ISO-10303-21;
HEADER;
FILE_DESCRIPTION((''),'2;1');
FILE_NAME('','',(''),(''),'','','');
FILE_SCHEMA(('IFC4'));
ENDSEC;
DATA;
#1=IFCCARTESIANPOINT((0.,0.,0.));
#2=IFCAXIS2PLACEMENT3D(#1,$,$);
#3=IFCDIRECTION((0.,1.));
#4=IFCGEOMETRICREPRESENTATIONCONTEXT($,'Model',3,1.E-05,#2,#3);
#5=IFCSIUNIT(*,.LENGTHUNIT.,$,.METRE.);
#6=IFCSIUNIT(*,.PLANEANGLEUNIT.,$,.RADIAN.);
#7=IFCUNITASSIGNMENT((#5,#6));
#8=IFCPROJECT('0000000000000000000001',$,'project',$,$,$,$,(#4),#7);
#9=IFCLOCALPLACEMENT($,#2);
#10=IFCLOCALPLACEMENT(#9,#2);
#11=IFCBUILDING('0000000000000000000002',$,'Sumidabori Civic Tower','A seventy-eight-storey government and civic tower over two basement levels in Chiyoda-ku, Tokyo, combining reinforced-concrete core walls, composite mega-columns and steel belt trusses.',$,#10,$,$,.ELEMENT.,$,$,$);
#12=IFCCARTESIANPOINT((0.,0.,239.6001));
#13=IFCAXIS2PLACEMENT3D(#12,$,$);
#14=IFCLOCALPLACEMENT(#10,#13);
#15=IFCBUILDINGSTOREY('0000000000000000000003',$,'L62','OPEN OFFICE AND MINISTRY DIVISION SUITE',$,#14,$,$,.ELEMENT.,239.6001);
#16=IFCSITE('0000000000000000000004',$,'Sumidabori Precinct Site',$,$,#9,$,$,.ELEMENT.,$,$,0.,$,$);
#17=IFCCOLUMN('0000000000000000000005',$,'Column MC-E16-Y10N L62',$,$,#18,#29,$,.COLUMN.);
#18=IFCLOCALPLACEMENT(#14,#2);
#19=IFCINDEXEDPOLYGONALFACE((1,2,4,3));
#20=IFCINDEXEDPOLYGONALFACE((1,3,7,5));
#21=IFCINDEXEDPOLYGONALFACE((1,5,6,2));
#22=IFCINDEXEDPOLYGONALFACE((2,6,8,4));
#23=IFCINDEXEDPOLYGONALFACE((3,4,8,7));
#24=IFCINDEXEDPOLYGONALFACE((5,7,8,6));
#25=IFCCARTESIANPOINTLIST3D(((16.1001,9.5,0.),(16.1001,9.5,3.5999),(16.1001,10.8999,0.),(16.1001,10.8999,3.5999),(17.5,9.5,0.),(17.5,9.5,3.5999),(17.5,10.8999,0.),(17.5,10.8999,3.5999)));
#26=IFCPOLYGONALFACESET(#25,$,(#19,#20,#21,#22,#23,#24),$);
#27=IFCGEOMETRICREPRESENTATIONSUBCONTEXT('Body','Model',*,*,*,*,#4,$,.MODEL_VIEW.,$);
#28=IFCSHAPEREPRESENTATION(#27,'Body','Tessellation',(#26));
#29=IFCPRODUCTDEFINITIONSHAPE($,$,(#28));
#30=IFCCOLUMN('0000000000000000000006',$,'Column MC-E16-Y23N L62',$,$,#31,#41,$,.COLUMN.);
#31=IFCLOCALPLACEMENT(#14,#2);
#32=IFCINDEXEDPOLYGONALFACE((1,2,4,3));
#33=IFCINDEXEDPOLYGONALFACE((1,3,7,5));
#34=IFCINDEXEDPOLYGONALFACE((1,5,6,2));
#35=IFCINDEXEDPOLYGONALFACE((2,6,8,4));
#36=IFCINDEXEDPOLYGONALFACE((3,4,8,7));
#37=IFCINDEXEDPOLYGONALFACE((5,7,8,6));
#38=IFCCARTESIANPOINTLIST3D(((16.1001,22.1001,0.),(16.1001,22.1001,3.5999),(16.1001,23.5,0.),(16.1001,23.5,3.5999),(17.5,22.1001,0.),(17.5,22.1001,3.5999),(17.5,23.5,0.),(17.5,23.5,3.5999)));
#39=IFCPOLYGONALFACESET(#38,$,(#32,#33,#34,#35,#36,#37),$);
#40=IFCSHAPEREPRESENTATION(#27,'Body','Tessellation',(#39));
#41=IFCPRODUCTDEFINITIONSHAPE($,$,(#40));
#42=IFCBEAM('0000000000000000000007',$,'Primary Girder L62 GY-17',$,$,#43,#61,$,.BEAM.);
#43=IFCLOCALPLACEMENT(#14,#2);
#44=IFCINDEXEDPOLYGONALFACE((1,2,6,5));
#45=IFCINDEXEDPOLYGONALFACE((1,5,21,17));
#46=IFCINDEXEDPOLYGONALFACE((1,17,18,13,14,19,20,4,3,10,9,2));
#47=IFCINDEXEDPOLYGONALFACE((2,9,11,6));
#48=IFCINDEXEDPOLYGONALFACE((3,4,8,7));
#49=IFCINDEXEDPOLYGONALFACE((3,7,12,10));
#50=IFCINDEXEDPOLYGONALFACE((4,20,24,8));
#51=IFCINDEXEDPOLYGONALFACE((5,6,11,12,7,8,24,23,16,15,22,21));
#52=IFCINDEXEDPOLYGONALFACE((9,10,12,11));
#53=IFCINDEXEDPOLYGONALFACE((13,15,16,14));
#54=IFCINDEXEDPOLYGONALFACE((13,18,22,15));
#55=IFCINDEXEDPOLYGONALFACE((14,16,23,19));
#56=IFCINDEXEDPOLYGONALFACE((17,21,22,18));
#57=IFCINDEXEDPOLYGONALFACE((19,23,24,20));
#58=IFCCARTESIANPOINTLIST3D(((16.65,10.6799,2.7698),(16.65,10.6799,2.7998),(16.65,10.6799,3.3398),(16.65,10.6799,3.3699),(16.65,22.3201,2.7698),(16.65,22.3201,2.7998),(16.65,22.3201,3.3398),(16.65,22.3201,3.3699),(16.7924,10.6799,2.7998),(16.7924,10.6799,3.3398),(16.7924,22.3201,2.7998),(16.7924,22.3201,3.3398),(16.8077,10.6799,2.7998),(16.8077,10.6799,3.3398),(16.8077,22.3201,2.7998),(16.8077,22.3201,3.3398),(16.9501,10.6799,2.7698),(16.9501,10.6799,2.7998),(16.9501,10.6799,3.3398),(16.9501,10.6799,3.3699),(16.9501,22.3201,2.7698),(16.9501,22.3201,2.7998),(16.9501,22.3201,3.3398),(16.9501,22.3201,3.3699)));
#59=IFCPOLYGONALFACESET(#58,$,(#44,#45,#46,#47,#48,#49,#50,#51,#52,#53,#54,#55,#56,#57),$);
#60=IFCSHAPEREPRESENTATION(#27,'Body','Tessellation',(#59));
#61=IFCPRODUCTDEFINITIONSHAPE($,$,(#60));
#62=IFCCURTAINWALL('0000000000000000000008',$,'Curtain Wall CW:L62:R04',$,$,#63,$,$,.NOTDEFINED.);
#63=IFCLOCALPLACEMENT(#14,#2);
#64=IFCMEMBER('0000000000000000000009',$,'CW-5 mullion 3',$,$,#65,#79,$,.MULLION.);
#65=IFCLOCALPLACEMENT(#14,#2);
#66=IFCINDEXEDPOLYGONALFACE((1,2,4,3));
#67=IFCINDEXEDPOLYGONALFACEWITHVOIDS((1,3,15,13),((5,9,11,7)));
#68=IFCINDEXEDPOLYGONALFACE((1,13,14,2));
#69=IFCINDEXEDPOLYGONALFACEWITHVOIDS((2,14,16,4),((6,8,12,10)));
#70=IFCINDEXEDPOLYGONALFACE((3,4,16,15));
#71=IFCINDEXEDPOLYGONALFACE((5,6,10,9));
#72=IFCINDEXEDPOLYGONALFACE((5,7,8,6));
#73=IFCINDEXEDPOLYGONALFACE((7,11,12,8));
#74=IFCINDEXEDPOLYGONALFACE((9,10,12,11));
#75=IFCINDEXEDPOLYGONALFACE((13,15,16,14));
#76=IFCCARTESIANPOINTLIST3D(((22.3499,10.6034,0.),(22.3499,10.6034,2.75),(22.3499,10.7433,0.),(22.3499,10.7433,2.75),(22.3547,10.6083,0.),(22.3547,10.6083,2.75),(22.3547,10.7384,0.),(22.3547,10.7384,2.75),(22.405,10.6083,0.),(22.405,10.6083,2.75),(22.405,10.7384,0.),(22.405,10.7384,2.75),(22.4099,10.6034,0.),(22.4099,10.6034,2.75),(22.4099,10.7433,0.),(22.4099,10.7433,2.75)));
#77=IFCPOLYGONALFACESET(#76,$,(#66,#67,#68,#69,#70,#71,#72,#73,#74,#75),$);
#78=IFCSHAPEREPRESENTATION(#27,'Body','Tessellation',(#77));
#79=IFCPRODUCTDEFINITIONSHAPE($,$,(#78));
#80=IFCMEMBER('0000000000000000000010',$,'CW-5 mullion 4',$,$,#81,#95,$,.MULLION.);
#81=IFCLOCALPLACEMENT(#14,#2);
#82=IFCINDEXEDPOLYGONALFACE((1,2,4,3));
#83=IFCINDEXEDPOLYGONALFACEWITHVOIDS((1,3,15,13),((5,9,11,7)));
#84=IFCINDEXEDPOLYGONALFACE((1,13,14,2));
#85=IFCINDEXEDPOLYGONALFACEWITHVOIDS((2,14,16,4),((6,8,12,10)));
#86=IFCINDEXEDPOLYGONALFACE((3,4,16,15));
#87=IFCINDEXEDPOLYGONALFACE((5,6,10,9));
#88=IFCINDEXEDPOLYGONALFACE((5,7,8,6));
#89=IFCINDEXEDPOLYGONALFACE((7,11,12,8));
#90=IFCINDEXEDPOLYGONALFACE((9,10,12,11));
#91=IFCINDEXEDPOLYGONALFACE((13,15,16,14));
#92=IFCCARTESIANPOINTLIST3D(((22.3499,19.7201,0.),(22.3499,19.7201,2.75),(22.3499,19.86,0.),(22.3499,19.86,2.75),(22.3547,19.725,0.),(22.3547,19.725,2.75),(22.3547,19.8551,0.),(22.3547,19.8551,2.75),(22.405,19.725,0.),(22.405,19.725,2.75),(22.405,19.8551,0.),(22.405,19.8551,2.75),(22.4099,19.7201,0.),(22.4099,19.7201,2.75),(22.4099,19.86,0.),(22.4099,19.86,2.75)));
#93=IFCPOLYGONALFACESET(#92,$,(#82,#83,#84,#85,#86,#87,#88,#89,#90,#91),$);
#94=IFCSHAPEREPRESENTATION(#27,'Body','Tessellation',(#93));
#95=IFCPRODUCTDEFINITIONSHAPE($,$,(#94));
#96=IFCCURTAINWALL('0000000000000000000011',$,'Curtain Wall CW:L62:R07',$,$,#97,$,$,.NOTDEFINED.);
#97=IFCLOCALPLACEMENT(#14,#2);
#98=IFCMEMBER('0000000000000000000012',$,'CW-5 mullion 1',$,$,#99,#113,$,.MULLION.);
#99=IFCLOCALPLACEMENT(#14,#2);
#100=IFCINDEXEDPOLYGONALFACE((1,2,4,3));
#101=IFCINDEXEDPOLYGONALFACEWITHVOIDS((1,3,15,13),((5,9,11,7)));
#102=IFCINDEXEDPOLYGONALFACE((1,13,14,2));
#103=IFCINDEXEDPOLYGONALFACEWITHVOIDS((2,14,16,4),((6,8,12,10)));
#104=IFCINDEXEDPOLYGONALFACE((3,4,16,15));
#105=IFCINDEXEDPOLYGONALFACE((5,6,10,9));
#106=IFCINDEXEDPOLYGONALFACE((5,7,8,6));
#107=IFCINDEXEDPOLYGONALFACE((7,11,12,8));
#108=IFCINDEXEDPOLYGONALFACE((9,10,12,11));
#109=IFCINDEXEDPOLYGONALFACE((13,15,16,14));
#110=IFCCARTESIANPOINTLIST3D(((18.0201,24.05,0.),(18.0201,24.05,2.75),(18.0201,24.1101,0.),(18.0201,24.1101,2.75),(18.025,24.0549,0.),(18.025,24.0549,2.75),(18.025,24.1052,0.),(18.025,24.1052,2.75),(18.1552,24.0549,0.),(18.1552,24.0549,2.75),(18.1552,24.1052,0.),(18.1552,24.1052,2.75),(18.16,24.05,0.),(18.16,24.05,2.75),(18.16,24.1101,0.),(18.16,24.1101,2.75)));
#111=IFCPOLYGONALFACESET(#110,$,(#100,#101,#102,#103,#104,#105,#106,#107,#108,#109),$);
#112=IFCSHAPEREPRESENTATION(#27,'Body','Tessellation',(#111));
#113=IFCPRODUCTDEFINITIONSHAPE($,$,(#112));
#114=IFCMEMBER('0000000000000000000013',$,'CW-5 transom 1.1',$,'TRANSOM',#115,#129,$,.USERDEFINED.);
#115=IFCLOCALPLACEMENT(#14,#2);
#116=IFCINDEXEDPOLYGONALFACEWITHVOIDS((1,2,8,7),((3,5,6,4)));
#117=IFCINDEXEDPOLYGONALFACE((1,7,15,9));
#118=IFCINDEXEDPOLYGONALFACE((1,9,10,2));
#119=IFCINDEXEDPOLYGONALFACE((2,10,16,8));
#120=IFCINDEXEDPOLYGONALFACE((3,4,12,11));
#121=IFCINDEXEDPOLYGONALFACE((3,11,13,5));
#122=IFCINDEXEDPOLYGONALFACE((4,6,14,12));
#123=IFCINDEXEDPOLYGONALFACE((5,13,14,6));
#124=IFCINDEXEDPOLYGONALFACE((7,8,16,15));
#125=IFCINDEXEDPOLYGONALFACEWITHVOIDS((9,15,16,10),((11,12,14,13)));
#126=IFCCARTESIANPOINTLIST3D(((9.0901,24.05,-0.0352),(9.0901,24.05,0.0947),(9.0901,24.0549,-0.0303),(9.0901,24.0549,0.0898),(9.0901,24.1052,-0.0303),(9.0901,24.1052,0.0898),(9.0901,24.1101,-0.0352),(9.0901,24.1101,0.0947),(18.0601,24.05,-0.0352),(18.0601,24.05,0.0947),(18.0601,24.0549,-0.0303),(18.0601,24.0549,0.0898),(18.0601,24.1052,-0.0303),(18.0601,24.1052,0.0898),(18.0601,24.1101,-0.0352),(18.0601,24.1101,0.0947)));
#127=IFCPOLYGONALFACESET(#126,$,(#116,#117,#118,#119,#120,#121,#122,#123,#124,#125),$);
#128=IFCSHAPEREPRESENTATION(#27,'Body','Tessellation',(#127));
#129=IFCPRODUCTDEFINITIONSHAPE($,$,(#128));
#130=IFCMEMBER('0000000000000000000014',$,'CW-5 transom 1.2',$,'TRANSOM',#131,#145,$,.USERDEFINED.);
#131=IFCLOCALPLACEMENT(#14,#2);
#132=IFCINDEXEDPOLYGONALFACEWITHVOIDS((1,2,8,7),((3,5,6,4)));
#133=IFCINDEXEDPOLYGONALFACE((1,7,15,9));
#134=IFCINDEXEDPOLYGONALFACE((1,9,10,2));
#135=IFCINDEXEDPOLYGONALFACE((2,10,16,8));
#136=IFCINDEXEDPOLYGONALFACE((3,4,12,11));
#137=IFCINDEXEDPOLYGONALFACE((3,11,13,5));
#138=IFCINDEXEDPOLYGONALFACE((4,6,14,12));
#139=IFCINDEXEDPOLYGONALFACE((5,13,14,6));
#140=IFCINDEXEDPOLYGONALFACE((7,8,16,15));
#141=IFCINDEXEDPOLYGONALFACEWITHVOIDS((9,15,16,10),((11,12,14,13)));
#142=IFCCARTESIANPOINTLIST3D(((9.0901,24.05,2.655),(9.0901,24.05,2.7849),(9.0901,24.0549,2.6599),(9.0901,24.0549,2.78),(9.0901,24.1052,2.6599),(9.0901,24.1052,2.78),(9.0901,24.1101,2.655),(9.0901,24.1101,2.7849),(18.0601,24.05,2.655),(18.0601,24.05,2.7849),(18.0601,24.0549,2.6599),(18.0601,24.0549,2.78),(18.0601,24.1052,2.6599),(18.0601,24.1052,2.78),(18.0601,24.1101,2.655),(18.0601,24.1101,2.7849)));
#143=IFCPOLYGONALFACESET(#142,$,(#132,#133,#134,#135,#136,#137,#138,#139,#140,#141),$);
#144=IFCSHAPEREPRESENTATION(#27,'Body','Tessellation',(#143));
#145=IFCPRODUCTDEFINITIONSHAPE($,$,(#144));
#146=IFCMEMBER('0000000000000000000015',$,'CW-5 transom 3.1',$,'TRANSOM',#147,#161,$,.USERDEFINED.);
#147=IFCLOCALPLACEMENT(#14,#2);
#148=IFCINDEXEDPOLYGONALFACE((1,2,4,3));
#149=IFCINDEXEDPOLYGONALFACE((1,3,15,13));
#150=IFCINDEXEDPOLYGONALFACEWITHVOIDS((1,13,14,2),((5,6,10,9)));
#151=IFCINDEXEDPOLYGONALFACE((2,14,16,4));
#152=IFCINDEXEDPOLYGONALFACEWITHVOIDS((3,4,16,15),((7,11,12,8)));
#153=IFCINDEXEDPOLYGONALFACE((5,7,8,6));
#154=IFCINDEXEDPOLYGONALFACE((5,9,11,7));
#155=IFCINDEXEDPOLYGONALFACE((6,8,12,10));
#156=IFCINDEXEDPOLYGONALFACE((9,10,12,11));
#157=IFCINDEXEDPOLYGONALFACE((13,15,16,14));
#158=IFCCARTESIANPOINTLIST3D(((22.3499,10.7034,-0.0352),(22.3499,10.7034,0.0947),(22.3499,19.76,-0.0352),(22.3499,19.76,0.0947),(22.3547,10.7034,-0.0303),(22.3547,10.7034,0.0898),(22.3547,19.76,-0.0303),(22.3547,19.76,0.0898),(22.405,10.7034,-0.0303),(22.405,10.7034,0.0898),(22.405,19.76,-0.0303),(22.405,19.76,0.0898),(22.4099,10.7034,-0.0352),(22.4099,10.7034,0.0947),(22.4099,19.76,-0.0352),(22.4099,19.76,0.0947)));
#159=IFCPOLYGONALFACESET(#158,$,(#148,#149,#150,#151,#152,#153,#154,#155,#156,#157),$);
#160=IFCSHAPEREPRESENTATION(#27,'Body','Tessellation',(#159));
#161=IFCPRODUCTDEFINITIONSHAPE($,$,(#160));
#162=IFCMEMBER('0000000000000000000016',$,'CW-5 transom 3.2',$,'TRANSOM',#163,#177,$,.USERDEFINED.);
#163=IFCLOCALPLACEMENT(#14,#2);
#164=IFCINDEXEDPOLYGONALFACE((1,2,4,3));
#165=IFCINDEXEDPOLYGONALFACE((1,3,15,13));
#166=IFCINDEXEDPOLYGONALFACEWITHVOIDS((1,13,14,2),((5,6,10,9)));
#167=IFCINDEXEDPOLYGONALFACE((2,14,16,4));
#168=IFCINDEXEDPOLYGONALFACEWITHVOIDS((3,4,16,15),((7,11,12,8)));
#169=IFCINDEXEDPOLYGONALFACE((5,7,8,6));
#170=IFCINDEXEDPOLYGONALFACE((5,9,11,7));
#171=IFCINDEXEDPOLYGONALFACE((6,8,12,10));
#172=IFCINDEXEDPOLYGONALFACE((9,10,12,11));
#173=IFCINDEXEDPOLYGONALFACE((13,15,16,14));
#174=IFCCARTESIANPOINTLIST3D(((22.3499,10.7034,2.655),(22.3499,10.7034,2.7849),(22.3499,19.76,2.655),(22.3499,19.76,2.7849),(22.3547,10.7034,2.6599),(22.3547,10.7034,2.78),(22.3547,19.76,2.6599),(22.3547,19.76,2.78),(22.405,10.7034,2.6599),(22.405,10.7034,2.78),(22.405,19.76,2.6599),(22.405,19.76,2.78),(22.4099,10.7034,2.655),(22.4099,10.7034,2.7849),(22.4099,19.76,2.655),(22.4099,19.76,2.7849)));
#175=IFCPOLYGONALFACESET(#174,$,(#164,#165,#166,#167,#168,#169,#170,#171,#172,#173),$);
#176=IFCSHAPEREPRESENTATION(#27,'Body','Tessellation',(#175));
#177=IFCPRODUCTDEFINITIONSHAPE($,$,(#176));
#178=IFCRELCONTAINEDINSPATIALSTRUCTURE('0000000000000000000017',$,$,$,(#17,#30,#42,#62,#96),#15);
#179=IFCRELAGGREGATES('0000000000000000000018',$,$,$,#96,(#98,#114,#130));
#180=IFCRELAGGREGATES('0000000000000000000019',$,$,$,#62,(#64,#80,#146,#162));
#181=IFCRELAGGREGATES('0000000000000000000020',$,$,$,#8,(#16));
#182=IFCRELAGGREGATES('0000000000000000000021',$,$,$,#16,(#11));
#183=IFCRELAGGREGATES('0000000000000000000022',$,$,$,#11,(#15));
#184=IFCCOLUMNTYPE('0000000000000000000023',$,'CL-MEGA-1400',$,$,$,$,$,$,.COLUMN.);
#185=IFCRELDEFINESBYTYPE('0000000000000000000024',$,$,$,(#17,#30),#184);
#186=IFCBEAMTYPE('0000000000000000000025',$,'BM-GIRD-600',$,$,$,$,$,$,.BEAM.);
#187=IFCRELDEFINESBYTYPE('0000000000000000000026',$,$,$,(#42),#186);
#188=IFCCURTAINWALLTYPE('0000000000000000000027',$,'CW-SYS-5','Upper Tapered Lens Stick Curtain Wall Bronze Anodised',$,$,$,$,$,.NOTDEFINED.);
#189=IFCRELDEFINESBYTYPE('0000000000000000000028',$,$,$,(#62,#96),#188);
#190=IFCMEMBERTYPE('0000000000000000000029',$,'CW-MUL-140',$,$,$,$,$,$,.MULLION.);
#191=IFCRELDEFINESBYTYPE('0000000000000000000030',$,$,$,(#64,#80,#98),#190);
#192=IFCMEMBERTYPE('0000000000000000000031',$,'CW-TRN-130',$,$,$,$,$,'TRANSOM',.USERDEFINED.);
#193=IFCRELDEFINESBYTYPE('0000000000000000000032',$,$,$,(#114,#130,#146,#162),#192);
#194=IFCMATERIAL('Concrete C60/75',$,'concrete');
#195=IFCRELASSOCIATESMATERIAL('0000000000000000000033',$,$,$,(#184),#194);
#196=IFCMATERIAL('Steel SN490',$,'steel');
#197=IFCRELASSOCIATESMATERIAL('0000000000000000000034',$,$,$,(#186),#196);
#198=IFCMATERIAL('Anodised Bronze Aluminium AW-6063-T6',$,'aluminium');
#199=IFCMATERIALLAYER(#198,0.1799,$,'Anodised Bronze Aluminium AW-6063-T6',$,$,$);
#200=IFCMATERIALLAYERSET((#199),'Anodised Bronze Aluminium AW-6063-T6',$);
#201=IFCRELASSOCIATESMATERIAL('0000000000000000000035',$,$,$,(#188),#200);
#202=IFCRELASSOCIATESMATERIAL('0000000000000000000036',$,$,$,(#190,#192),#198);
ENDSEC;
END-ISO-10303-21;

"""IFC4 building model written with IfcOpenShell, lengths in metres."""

from ifc_helpers import new_model, si_unit, direction, frame, origin, origin_2d, place, context, subcontext, project, spatial, rectangle, hollow_rectangle, i_section, extrude, source, transform, mapped, material, layer, layer_set, material_profile, profile_set, type_object, element, aggregate, save


model = new_model("IFC4")

# Units and contexts
model_context = context("Model", 3, precision=1e-05, world=origin(), true_north=direction((0.0, 1.0)))
body_context = subcontext(model_context, "Body", "Model", "MODEL_VIEW")
ifc_project = project(units=[si_unit("LENGTHUNIT", "METRE"), si_unit("PLANEANGLEUNIT", "RADIAN")], contexts=[model_context])

# Site, building, storey
site_placement = place(None, origin())
site = spatial("IfcSite", under=ifc_project, at=site_placement, Name="Sumidabori Precinct Site", CompositionType="ELEMENT", RefElevation=0.0)
building_placement = place(site_placement, origin())
building = spatial("IfcBuilding", under=site, at=building_placement, Name="Sumidabori Civic Tower", Description="A seventy-eight-storey government and civic tower over two basement levels in Chiyoda-ku, Tokyo, combining reinforced-concrete core walls, composite mega-columns and steel belt trusses.", CompositionType="ELEMENT")
storey_placement = place(building_placement, frame((0.0, 0.0, 239.6001)))
storey = spatial("IfcBuildingStorey", under=building, at=storey_placement, Name="L62", Description="OPEN OFFICE AND MINISTRY DIVISION SUITE", CompositionType="ELEMENT", Elevation=239.6001)

# Columns
ifc_material_1 = material(Name="Concrete C60/75", Category="concrete")
ifc_material_profile_1 = material_profile(ifc_material_1, rectangle(XDim=1.3999, YDim=1.3999, at=origin_2d()), Name="RC 1400x1400")
ifc_profile_set_1 = profile_set([ifc_material_profile_1], Name="Concrete C60/75")
column_type = type_object("IfcColumnType", Name="CL-MEGA-1400", PredefinedType="COLUMN", material=ifc_profile_set_1)
shared_shape_1 = source(origin(), body_context, "Body", "SweptSolid", [
    extrude(rectangle(XDim=1.3999, YDim=1.3999, at=origin_2d()), origin(), (0.0, 0.0, 1.0), 3.5999),
])
for number, where, z_axis, x_axis, name in (
    (1, (16.8, 10.2, 0.0), (0.0, 0.0, 1.0), (1.0, 0.0, 0.0), "Column MC-E16-Y10N L62"),
    (2, (16.8, 22.8, 0.0), (0.0, 0.0, 1.0), (1.0, 0.0, 0.0), "Column MC-E16-Y23N L62"),
):
    element("IfcColumn", number, at=place(storey_placement, frame(where, z_axis=z_axis, x_axis=x_axis)), inside=storey, type_object=column_type, Name=name, PredefinedType="COLUMN", context=body_context, shape_type="MappedRepresentation", body=[
        mapped(shared_shape_1, transform((0.0, 0.0, 0.0), x_axis=(1.0, 0.0, 0.0), y_axis=(0.0, 1.0, 0.0), z_axis=(0.0, 0.0, 1.0), scale=1.0)),
    ])

# Beam
ifc_material_2 = material(Name="Steel SN490", Category="steel")
ifc_material_profile_2 = material_profile(ifc_material_2, i_section(OverallWidth=0.3, OverallDepth=0.6001, WebThickness=0.0154, FlangeThickness=0.03, at=origin_2d()), Name="HE 600 B")
ifc_profile_set_2 = profile_set([ifc_material_profile_2], Name="Steel SN490")
beam_type = type_object("IfcBeamType", Name="BM-GIRD-600", PredefinedType="BEAM", material=ifc_profile_set_2)
shared_shape_2 = source(origin(), body_context, "Body", "SweptSolid", [
    extrude(i_section(OverallWidth=0.3, OverallDepth=0.6001, WebThickness=0.0154, FlangeThickness=0.03, at=origin_2d()), origin(), (0.0, 0.0, 1.0), 11.6401),
])
beam_placement = place(storey_placement, frame((16.8, 10.6799, 3.0698), z_axis=(0.0, 1.0, 0.0), x_axis=(-1.0, 0.0, 0.0)))
element("IfcBeam", 3, at=beam_placement, inside=storey, type_object=beam_type, Name="Primary Girder L62 GY-17", PredefinedType="BEAM", context=body_context, shape_type="MappedRepresentation", body=[
    mapped(shared_shape_2, transform((0.0, 0.0, 0.0), x_axis=(1.0, 0.0, 0.0), y_axis=(0.0, 1.0, 0.0), z_axis=(0.0, 0.0, 1.0), scale=1.0)),
])

# Curtain walls, members
ifc_material_3 = material(Name="Anodised Bronze Aluminium AW-6063-T6", Category="aluminium")
ifc_layer_1 = layer(ifc_material_3, 0.1799, Name="Anodised Bronze Aluminium AW-6063-T6")
ifc_layer_set_1 = layer_set([ifc_layer_1], Name="Anodised Bronze Aluminium AW-6063-T6")
curtain_wall_type = type_object("IfcCurtainWallType", Name="CW-SYS-5", Description="Upper Tapered Lens Stick Curtain Wall Bronze Anodised", PredefinedType="NOTDEFINED", material=ifc_layer_set_1)
curtain_wall_1_placement = place(storey_placement, origin())
curtain_wall_1 = element("IfcCurtainWall", 4, at=curtain_wall_1_placement, inside=storey, type_object=curtain_wall_type, Name="Curtain Wall CW:L62:R04", PredefinedType="NOTDEFINED")
ifc_material_profile_3 = material_profile(ifc_material_3, hollow_rectangle(XDim=0.0601, YDim=0.1399, WallThickness=0.0049, at=origin_2d()), Name="ALU MULLION 140x60")
ifc_profile_set_3 = profile_set([ifc_material_profile_3], Name="Anodised Bronze Aluminium AW-6063-T6")
member_type_1 = type_object("IfcMemberType", Name="CW-MUL-140", PredefinedType="MULLION", material=ifc_profile_set_3)
shared_shape_3 = source(origin(), body_context, "Body", "SweptSolid", [
    extrude(hollow_rectangle(XDim=0.0601, YDim=0.1399, WallThickness=0.0049, at=origin_2d()), origin(), (0.0, 0.0, 1.0), 2.75),
])
member_1_placement = place(storey_placement, frame((22.3799, 10.6733, 0.0), z_axis=(0.0, 0.0, 1.0), x_axis=(-1.0, 0.0, 0.0)))
member_1 = element("IfcMember", 5, at=member_1_placement, type_object=member_type_1, Name="CW-5 mullion 3", PredefinedType="MULLION", context=body_context, shape_type="MappedRepresentation", body=[
    mapped(shared_shape_3, transform((0.0, 0.0, 0.0), x_axis=(1.0, 0.0, 0.0), y_axis=(0.0, 1.0, 0.0), z_axis=(0.0, 0.0, 1.0), scale=1.0)),
])
member_2_placement = place(storey_placement, frame((22.3799, 19.79, 0.0), z_axis=(0.0, 0.0, 1.0), x_axis=(-1.0, 0.0, 0.0)))
member_2 = element("IfcMember", 6, at=member_2_placement, type_object=member_type_1, Name="CW-5 mullion 4", PredefinedType="MULLION", context=body_context, shape_type="MappedRepresentation", body=[
    mapped(shared_shape_3, transform((0.0, 0.0, 0.0), x_axis=(1.0, 0.0, 0.0), y_axis=(0.0, 1.0, 0.0), z_axis=(0.0, 0.0, 1.0), scale=1.0)),
])
curtain_wall_2_placement = place(storey_placement, origin())
curtain_wall_2 = element("IfcCurtainWall", 7, at=curtain_wall_2_placement, inside=storey, type_object=curtain_wall_type, Name="Curtain Wall CW:L62:R07", PredefinedType="NOTDEFINED")
member_3_placement = place(storey_placement, frame((18.0901, 24.0801, 0.0), z_axis=(0.0, 0.0, 1.0), x_axis=(0.0, -1.0, 0.0)))
member_3 = element("IfcMember", 8, at=member_3_placement, type_object=member_type_1, Name="CW-5 mullion 1", PredefinedType="MULLION", context=body_context, shape_type="MappedRepresentation", body=[
    mapped(shared_shape_3, transform((0.0, 0.0, 0.0), x_axis=(1.0, 0.0, 0.0), y_axis=(0.0, 1.0, 0.0), z_axis=(0.0, 0.0, 1.0), scale=1.0)),
])
ifc_material_profile_4 = material_profile(ifc_material_3, hollow_rectangle(XDim=0.0601, YDim=0.1299, WallThickness=0.0049, at=origin_2d()), Name="ALU TRANSOM 130x60")
ifc_profile_set_4 = profile_set([ifc_material_profile_4], Name="Anodised Bronze Aluminium AW-6063-T6")
member_type_2 = type_object("IfcMemberType", Name="CW-TRN-130", ElementType="TRANSOM", PredefinedType="USERDEFINED", material=ifc_profile_set_4)
shared_shape_4 = source(origin(), body_context, "Body", "SweptSolid", [
    extrude(hollow_rectangle(XDim=0.0601, YDim=0.1299, WallThickness=0.0049, at=origin_2d()), origin(), (0.0, 0.0, 1.0), 8.97),
])
member_4_placement = place(storey_placement, frame((18.0601, 24.0801, 0.0298), z_axis=(-1.0, 0.0, 0.0), x_axis=(0.0, -1.0, 0.0)))
member_4 = element("IfcMember", 9, at=member_4_placement, type_object=member_type_2, Name="CW-5 transom 1.1", ObjectType="TRANSOM", PredefinedType="USERDEFINED", context=body_context, shape_type="MappedRepresentation", body=[
    mapped(shared_shape_4, transform((0.0, 0.0, 0.0), x_axis=(1.0, 0.0, 0.0), y_axis=(0.0, 1.0, 0.0), z_axis=(0.0, 0.0, 1.0), scale=1.0)),
])
member_5_placement = place(storey_placement, frame((18.0601, 24.0801, 2.72), z_axis=(-1.0, 0.0, 0.0), x_axis=(0.0, -1.0, 0.0)))
member_5 = element("IfcMember", 10, at=member_5_placement, type_object=member_type_2, Name="CW-5 transom 1.2", ObjectType="TRANSOM", PredefinedType="USERDEFINED", context=body_context, shape_type="MappedRepresentation", body=[
    mapped(shared_shape_4, transform((0.0, 0.0, 0.0), x_axis=(1.0, 0.0, 0.0), y_axis=(0.0, 1.0, 0.0), z_axis=(0.0, 0.0, 1.0), scale=1.0)),
])

# Members
shared_shape_5 = source(origin(), body_context, "Body", "SweptSolid", [
    extrude(hollow_rectangle(XDim=0.0601, YDim=0.1299, WallThickness=0.0049, at=origin_2d()), origin(), (0.0, 0.0, 1.0), 9.0566),
])
member_6_placement = place(storey_placement, frame((22.3799, 10.7034, 0.0298), z_axis=(0.0, 1.0, 0.0), x_axis=(-1.0, 0.0, 0.0)))
member_6 = element("IfcMember", 11, at=member_6_placement, type_object=member_type_2, Name="CW-5 transom 3.1", ObjectType="TRANSOM", PredefinedType="USERDEFINED", context=body_context, shape_type="MappedRepresentation", body=[
    mapped(shared_shape_5, transform((0.0, 0.0, 0.0), x_axis=(1.0, 0.0, 0.0), y_axis=(0.0, 1.0, 0.0), z_axis=(0.0, 0.0, 1.0), scale=1.0)),
])
member_7_placement = place(storey_placement, frame((22.3799, 10.7034, 2.72), z_axis=(0.0, 1.0, 0.0), x_axis=(-1.0, 0.0, 0.0)))
member_7 = element("IfcMember", 12, at=member_7_placement, type_object=member_type_2, Name="CW-5 transom 3.2", ObjectType="TRANSOM", PredefinedType="USERDEFINED", context=body_context, shape_type="MappedRepresentation", body=[
    mapped(shared_shape_5, transform((0.0, 0.0, 0.0), x_axis=(1.0, 0.0, 0.0), y_axis=(0.0, 1.0, 0.0), z_axis=(0.0, 0.0, 1.0), scale=1.0)),
])

aggregate(curtain_wall_2, [member_3, member_4, member_5])
aggregate(curtain_wall_1, [member_1, member_2, member_6, member_7])

save(model, "model.ifc")
